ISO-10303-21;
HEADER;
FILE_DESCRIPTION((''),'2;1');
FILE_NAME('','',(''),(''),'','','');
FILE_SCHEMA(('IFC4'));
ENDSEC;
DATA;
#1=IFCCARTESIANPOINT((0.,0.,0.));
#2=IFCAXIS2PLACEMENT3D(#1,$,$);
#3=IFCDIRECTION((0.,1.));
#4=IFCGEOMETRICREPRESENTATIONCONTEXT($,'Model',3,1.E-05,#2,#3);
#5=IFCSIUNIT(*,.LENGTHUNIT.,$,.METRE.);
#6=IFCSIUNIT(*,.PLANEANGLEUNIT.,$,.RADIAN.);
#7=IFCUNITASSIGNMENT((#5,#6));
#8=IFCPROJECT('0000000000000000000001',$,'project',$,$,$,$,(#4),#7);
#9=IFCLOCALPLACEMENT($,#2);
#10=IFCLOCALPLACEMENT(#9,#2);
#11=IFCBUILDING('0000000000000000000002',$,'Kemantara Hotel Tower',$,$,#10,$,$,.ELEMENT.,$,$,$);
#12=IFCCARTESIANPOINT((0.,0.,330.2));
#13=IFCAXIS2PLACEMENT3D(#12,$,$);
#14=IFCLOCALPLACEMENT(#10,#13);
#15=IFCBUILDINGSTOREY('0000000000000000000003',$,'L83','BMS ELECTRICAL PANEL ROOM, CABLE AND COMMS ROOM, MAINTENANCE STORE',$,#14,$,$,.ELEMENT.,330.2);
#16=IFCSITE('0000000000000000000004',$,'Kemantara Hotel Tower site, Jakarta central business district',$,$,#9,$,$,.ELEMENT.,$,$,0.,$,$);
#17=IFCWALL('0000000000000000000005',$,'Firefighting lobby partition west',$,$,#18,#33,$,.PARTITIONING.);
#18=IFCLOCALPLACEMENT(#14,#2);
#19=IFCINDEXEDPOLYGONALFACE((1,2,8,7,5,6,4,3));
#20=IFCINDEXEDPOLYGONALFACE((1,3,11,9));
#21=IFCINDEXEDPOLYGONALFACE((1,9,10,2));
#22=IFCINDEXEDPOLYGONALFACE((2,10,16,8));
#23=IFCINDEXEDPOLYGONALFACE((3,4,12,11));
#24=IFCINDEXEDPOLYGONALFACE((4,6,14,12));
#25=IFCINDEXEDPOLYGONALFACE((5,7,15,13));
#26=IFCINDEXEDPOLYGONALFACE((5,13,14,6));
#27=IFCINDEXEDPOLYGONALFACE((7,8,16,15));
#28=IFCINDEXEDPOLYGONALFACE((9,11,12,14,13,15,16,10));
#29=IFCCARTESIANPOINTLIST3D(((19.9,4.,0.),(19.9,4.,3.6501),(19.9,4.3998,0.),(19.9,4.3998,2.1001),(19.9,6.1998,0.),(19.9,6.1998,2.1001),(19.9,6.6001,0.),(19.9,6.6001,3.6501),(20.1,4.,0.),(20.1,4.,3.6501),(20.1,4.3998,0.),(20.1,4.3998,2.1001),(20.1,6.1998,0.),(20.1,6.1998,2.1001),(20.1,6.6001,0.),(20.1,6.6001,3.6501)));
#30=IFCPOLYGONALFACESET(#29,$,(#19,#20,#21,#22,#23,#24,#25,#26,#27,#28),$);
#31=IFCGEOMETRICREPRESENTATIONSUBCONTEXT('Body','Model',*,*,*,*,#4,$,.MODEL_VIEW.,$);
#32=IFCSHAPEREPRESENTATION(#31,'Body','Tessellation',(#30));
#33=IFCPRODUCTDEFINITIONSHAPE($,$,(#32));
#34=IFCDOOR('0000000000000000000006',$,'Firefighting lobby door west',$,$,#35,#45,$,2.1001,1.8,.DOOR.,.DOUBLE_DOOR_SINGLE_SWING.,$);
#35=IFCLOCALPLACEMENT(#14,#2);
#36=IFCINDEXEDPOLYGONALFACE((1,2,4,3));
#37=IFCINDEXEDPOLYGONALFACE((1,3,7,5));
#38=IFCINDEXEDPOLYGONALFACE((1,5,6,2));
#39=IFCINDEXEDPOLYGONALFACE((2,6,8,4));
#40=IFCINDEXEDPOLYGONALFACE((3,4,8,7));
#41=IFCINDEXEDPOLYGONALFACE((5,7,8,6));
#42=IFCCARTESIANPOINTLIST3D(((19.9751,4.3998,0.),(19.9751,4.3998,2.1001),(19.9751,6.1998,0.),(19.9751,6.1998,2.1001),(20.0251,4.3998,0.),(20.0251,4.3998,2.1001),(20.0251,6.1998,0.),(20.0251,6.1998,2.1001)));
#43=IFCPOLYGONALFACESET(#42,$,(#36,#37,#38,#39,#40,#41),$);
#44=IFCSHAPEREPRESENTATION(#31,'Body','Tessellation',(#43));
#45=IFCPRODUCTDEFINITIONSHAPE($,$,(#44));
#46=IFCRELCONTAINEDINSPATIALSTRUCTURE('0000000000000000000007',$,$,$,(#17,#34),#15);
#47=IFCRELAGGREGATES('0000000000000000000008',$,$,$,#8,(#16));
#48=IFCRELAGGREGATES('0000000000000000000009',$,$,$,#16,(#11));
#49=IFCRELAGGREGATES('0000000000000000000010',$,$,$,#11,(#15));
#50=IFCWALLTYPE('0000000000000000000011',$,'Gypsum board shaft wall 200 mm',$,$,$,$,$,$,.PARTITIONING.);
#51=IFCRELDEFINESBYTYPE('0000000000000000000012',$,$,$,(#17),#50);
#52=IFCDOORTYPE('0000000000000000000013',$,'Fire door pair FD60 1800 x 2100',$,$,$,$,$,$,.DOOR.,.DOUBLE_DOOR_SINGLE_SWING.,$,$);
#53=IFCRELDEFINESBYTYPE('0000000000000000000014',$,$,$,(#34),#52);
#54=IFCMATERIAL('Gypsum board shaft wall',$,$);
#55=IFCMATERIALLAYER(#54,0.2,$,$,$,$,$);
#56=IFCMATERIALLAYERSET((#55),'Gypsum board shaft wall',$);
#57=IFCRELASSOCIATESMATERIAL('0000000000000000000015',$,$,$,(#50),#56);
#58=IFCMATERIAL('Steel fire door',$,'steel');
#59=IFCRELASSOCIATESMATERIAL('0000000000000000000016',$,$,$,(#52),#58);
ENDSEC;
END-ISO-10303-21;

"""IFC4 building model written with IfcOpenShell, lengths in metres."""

from ifc_helpers import new_model, si_unit, direction, frame, frame_2d, origin, place, context, subcontext, project, spatial, rectangle, extrude, material, layer, layer_set, type_object, element, fill, save


model = new_model("IFC4")

# Units and contexts
model_context = context("Model", 3, precision=1e-05, world=origin(), true_north=direction((0.0, 1.0)))
body_context = subcontext(model_context, "Body", "Model", "MODEL_VIEW")
ifc_project = project(units=[si_unit("LENGTHUNIT", "METRE"), si_unit("PLANEANGLEUNIT", "RADIAN")], contexts=[model_context])

# Site, building, storey
site_placement = place(None, origin())
site = spatial("IfcSite", under=ifc_project, at=site_placement, Name="Kemantara Hotel Tower site, Jakarta central business district", CompositionType="ELEMENT", RefElevation=0.0)
building_placement = place(site_placement, origin())
building = spatial("IfcBuilding", under=site, at=building_placement, Name="Kemantara Hotel Tower", CompositionType="ELEMENT")
storey_placement = place(building_placement, frame((0.0, 0.0, 330.2)))
storey = spatial("IfcBuildingStorey", under=building, at=storey_placement, Name="L83", Description="BMS ELECTRICAL PANEL ROOM, CABLE AND COMMS ROOM, MAINTENANCE STORE", CompositionType="ELEMENT", Elevation=330.2)

# Wall, opening, door
ifc_material_1 = material(Name="Gypsum board shaft wall")
ifc_layer_1 = layer(ifc_material_1, 0.2)
ifc_layer_set_1 = layer_set([ifc_layer_1], Name="Gypsum board shaft wall")
wall_type_1 = type_object("IfcWallType", Name="Gypsum board shaft wall 200 mm", PredefinedType="PARTITIONING", material=ifc_layer_set_1)
wall_placement = place(storey_placement, frame((20.0, 4.0, 0.0), z_axis=(0.0, 0.0, 1.0), x_axis=(0.0, 1.0, 0.0)))
wall = element("IfcWall", 1, at=wall_placement, inside=storey, type_object=wall_type_1, Name="Firefighting lobby partition west", PredefinedType="PARTITIONING", context=body_context, shape_type="SweptSolid", body=[
    extrude(rectangle(XDim=2.6001, YDim=0.2, at=frame_2d((1.3, 0.0))), origin(), (0.0, 0.0, 1.0), 3.6501),
])
opening_placement = place(wall_placement, frame((0.3999, 0.0, 0.0)))
opening = element("IfcOpeningElement", 2, at=opening_placement, cuts=wall, PredefinedType="OPENING", context=body_context, shape_type="SweptSolid", body=[
    extrude(rectangle(XDim=1.8, YDim=2.1001, at=frame_2d((0.8999, 1.05))), frame((0.0, 0.1099, 0.0), z_axis=(0.0, -1.0, 0.0), x_axis=(1.0, 0.0, 0.0)), (0.0, 0.0, 1.0), 0.22),
])
ifc_material_2 = material(Name="Steel fire door", Category="steel")
door_type = type_object("IfcDoorType", Name="Fire door pair FD60 1800 x 2100", OperationType="DOUBLE_DOOR_SINGLE_SWING", PredefinedType="DOOR", material=ifc_material_2)
door_placement = place(opening_placement, origin())
door = element("IfcDoor", 3, at=door_placement, inside=storey, type_object=door_type, Name="Firefighting lobby door west", OperationType="DOUBLE_DOOR_SINGLE_SWING", OverallHeight=2.1001, OverallWidth=1.8, PredefinedType="DOOR", context=body_context, shape_type="SweptSolid", body=[
    extrude(rectangle(XDim=1.8, YDim=2.1001, at=frame_2d((0.8999, 1.05))), frame((0.0, 0.0249, 0.0), z_axis=(0.0, -1.0, 0.0), x_axis=(1.0, 0.0, 0.0)), (0.0, 0.0, 1.0), 0.05),
])
fill(opening, door)

save(model, "model.ifc")
